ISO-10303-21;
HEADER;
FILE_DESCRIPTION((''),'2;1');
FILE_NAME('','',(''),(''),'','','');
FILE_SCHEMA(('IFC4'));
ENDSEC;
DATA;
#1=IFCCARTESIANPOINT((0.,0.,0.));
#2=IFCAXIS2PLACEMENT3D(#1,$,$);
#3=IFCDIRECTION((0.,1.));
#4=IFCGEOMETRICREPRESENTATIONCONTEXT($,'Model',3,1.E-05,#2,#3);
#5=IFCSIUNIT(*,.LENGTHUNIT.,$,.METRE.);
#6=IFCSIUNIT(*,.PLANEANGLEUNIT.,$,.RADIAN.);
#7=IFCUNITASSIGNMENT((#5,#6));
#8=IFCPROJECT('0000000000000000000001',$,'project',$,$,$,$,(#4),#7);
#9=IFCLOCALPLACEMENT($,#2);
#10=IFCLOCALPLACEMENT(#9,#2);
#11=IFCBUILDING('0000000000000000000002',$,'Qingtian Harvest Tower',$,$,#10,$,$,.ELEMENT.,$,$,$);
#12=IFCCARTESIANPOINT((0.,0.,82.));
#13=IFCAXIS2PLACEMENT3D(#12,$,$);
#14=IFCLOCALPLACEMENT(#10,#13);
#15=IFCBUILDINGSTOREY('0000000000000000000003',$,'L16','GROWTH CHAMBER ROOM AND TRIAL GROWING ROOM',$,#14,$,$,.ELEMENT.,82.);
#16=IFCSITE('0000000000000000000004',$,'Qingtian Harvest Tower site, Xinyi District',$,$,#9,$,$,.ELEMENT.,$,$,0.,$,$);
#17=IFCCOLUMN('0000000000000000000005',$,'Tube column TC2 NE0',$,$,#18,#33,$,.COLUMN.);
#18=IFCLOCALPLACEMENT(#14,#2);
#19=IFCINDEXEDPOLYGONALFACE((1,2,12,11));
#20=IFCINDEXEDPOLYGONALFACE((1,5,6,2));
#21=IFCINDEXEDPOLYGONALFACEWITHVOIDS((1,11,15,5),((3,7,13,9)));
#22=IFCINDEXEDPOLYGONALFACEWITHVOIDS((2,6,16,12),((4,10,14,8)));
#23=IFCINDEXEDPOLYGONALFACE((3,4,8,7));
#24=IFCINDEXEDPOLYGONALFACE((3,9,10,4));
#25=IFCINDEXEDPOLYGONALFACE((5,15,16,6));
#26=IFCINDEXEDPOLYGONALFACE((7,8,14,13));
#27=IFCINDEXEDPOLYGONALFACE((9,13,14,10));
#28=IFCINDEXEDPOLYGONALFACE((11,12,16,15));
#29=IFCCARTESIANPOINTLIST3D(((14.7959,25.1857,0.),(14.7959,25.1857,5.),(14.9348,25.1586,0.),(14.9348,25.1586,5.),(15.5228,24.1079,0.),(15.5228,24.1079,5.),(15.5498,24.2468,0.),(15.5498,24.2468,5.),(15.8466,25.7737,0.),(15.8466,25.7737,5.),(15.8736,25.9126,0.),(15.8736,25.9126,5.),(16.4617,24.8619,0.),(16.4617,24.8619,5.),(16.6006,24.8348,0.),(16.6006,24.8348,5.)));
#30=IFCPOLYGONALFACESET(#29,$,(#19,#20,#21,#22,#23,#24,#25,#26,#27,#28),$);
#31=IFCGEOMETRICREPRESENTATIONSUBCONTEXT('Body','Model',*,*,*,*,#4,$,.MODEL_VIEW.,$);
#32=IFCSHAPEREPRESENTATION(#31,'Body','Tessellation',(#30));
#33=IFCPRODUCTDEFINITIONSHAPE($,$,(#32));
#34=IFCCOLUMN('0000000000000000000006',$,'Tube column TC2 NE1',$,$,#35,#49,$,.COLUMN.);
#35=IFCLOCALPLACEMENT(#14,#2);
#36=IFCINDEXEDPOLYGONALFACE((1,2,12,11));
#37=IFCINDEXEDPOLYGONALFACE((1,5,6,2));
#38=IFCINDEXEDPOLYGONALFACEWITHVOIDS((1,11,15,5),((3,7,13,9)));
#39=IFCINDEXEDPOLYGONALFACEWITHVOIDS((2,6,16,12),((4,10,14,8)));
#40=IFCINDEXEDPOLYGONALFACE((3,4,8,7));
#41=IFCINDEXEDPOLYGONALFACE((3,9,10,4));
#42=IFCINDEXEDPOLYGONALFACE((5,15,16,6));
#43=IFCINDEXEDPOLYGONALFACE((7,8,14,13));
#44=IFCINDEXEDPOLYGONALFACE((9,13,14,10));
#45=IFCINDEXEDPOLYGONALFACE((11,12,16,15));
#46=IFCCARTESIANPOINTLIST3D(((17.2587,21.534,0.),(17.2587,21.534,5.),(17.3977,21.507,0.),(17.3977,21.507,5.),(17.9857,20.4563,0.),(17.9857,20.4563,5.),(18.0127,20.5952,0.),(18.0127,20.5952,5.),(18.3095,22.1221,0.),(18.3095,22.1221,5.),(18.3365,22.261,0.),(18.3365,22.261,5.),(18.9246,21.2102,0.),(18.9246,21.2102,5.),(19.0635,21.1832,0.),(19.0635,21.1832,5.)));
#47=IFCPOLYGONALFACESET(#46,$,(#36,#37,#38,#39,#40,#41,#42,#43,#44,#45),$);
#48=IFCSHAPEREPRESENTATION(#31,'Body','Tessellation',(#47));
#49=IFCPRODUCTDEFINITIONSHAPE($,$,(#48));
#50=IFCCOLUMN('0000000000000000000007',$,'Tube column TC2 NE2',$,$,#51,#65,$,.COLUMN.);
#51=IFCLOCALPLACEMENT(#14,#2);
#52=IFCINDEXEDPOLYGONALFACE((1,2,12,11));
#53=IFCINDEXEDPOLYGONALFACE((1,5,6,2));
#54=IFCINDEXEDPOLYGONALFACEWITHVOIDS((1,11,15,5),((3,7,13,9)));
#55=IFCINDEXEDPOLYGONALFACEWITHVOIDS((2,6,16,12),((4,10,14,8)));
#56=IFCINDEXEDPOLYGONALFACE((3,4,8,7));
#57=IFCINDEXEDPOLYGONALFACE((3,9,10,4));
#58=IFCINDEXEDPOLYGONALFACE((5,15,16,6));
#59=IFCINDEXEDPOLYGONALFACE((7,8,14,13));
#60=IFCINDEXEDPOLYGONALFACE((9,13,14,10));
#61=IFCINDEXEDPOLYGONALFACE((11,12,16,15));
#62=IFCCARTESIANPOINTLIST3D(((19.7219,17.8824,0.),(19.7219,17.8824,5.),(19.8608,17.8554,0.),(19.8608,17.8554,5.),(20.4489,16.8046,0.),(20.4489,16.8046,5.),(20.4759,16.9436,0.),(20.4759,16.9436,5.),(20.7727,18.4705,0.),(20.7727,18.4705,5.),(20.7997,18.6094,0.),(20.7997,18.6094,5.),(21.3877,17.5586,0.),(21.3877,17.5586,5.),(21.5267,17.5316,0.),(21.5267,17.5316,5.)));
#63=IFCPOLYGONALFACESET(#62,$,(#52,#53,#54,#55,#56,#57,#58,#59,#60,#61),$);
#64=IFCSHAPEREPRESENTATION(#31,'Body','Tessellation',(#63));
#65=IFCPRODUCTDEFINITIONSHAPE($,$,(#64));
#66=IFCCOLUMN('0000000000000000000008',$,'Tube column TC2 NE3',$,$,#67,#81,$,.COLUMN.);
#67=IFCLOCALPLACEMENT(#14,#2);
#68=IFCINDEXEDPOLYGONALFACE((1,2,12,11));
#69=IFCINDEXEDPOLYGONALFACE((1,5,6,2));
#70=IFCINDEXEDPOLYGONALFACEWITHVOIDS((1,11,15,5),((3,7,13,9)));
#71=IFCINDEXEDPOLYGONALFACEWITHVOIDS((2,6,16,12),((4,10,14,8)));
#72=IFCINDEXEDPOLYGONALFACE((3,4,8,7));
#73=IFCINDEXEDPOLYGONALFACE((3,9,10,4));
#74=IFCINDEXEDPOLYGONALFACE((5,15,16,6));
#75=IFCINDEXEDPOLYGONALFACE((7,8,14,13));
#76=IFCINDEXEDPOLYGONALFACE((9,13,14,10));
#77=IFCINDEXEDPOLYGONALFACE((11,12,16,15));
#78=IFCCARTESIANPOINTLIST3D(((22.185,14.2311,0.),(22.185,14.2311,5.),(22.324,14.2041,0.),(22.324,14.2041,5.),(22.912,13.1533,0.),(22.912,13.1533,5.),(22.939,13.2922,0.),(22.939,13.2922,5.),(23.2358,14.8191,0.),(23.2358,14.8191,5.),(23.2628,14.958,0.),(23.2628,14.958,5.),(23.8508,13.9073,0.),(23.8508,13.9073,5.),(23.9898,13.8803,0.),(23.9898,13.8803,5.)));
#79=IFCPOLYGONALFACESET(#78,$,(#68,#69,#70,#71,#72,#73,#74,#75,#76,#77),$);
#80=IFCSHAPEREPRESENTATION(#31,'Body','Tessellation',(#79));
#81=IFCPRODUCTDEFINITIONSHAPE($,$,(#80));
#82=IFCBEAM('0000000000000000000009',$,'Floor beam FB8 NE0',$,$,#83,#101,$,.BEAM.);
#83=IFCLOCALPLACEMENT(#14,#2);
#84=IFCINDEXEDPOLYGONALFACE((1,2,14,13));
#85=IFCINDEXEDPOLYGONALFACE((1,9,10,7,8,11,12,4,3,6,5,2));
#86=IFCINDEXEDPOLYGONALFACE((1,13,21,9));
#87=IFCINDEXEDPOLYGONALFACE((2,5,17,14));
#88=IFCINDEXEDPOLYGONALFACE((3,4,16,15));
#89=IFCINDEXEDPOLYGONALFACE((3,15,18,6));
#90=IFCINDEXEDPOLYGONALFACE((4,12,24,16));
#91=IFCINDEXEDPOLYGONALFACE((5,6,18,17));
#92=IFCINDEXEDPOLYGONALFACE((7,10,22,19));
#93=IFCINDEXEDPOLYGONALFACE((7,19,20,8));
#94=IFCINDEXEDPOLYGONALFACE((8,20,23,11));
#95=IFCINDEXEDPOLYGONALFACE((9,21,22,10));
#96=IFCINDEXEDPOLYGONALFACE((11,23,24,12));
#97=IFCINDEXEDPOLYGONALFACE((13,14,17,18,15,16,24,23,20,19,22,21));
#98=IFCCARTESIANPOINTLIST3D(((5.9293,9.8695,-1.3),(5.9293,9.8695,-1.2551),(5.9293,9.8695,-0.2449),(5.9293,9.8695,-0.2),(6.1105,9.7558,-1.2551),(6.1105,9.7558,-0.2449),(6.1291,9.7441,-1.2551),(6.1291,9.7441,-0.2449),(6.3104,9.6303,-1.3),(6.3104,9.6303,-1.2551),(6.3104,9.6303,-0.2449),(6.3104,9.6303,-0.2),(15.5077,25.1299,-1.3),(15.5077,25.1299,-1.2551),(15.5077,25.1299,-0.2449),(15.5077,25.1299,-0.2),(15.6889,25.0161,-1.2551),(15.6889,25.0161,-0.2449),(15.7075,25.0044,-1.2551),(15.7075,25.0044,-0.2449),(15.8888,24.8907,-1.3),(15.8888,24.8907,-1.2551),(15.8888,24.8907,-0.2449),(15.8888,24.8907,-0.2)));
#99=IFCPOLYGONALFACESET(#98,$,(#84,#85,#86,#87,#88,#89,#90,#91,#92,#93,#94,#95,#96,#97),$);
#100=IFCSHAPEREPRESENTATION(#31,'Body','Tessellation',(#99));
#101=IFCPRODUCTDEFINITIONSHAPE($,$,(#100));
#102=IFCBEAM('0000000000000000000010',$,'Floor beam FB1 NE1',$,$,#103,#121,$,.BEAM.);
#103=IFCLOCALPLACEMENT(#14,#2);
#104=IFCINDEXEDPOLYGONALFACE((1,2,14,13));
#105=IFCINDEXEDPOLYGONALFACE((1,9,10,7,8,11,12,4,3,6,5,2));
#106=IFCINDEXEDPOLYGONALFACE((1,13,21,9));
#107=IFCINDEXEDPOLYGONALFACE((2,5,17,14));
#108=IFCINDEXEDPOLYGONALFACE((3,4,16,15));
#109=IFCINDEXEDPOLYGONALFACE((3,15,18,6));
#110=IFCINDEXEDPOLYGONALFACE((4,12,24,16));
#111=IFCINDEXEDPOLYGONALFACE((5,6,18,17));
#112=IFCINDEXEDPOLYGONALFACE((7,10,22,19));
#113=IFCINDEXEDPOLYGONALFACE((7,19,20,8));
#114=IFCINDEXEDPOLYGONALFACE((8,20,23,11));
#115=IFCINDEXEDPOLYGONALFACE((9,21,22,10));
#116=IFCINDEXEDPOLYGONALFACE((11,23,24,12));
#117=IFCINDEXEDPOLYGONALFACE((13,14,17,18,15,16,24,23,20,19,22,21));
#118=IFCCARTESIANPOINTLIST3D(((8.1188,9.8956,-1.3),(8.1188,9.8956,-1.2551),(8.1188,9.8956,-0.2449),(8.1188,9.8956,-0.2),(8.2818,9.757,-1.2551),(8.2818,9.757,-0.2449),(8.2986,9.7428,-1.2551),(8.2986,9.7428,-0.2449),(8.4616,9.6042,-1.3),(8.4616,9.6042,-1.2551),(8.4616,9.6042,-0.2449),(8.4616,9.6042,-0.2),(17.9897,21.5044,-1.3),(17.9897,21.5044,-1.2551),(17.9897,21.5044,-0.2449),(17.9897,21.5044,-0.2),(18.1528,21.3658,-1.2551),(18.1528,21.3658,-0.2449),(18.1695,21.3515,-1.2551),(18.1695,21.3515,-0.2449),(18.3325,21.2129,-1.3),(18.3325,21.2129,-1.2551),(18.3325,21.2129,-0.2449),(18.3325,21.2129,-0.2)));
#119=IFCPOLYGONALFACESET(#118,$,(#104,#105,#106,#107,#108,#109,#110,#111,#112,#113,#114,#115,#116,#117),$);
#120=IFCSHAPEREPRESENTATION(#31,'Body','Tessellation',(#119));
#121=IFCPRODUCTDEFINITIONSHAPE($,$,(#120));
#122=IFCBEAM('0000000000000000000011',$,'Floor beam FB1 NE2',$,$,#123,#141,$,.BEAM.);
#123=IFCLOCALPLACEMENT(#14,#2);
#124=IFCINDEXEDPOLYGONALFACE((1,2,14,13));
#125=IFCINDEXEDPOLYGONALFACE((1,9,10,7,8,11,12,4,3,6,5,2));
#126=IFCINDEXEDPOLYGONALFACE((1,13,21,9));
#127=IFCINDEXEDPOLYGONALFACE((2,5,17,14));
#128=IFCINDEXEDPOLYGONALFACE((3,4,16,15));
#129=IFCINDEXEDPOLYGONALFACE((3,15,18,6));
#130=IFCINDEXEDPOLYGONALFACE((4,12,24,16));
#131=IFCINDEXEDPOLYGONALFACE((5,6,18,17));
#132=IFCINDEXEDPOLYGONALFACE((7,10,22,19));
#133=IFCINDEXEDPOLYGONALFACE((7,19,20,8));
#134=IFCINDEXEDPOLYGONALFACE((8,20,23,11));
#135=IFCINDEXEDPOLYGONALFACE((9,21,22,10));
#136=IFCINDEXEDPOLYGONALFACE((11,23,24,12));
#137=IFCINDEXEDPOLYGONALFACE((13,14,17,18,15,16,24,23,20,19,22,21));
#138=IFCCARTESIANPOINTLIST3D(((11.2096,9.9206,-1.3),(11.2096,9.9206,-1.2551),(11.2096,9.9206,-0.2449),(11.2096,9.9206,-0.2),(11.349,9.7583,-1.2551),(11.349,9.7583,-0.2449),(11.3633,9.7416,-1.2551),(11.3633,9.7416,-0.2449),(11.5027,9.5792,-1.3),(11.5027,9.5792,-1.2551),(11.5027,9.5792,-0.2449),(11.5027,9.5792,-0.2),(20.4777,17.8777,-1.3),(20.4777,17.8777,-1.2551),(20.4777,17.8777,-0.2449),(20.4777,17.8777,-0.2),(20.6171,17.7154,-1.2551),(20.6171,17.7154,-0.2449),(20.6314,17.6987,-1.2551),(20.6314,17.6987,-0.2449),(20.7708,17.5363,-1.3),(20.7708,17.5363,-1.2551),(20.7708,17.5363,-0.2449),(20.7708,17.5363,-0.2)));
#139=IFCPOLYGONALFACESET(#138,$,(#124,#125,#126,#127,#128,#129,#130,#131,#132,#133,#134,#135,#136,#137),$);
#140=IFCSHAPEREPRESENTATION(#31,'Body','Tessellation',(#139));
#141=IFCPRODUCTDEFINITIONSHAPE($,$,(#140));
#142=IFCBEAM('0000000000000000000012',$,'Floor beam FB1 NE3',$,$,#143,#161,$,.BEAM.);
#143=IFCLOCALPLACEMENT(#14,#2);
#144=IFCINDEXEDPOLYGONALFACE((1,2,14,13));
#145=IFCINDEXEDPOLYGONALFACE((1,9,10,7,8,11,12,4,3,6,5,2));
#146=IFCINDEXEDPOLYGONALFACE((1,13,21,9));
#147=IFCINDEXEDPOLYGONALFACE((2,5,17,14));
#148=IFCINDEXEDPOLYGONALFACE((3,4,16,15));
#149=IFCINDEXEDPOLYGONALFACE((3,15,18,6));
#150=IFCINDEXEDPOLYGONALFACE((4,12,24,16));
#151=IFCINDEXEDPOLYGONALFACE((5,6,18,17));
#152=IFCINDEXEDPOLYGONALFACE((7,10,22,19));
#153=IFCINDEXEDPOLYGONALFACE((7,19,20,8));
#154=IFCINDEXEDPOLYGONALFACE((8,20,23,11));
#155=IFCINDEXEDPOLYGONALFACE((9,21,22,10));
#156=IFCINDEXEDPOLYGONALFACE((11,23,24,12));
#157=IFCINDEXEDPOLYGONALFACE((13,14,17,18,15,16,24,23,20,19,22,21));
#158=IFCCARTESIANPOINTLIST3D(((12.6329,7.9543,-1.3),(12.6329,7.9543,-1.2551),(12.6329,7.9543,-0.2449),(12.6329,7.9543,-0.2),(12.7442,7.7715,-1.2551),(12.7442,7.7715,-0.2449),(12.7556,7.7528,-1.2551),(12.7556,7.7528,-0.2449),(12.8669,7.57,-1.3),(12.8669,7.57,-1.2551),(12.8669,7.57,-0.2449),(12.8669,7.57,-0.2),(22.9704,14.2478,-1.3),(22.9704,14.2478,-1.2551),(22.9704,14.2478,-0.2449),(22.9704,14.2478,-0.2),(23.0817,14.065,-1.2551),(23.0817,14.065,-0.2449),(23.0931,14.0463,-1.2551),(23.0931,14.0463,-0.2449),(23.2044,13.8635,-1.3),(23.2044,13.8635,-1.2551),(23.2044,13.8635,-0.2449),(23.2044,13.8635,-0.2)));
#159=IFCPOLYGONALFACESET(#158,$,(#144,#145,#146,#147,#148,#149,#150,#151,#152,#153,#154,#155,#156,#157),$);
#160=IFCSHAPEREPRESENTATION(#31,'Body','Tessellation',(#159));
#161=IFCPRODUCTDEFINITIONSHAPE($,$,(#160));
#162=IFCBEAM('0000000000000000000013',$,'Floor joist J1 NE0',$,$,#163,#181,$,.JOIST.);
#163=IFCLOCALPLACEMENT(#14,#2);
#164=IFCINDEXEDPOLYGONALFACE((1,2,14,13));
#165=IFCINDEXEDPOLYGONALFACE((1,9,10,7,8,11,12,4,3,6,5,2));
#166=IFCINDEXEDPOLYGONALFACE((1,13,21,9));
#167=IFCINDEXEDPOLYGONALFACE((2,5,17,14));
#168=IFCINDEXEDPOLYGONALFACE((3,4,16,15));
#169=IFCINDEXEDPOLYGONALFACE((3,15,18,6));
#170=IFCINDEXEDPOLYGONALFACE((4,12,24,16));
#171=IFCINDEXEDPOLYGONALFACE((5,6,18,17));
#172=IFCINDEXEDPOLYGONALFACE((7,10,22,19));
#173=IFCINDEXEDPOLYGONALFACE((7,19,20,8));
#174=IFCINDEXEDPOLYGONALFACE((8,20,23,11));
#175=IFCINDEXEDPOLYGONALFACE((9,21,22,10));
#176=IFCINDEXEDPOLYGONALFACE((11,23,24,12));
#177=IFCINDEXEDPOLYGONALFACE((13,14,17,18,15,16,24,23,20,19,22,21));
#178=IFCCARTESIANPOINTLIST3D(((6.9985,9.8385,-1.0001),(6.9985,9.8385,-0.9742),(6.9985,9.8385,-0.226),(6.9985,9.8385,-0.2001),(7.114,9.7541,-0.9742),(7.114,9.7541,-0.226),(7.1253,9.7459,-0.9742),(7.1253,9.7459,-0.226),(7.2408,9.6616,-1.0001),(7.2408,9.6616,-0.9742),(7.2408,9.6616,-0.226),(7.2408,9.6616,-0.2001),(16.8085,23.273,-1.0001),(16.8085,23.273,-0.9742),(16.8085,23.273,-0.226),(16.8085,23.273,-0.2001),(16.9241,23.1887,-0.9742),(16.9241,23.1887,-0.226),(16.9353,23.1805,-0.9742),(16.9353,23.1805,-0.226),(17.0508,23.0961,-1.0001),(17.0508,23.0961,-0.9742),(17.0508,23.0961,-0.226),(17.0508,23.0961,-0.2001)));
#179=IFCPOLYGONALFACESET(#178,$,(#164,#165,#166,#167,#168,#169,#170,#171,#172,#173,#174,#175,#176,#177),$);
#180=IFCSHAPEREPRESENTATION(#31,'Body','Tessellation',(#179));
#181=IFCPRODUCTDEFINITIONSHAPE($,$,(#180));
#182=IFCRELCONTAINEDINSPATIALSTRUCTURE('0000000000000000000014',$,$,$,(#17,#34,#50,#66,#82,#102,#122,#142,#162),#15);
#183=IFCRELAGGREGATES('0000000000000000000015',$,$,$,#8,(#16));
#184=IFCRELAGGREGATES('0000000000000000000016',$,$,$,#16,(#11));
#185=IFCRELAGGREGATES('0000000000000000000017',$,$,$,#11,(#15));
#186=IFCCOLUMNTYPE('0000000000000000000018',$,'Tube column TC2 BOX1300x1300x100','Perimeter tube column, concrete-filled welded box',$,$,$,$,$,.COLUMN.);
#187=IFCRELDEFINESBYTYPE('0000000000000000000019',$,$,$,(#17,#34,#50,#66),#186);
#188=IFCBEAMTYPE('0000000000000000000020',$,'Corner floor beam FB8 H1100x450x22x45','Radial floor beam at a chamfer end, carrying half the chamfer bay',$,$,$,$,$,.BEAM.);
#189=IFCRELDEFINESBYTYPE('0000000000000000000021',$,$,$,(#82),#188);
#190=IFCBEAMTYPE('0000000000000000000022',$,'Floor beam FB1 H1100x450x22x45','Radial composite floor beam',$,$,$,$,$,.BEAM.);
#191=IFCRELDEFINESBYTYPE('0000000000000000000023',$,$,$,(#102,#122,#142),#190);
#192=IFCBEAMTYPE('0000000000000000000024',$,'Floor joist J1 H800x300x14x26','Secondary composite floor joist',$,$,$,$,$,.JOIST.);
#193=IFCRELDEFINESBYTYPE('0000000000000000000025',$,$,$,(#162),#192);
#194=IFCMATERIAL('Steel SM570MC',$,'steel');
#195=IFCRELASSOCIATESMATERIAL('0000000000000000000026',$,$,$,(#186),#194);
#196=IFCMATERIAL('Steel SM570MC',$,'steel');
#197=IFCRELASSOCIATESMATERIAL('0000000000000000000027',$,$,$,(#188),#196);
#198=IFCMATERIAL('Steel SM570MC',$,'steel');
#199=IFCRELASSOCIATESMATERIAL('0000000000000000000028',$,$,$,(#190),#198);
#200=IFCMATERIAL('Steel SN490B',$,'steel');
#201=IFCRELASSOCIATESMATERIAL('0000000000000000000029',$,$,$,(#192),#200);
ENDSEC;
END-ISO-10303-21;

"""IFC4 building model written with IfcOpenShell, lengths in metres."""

from ifc_helpers import new_model, si_unit, direction, frame, origin, origin_2d, place, context, subcontext, project, spatial, hollow_rectangle, i_section, extrude, material, material_profile, profile_set, type_object, element, save


model = new_model("IFC4")

# Units and contexts
model_context = context("Model", 3, precision=1e-05, world=origin(), true_north=direction((0.0, 1.0)))
body_context = subcontext(model_context, "Body", "Model", "MODEL_VIEW")
ifc_project = project(units=[si_unit("LENGTHUNIT", "METRE"), si_unit("PLANEANGLEUNIT", "RADIAN")], contexts=[model_context])

# Site, building, storey
site_placement = place(None, origin())
site = spatial("IfcSite", under=ifc_project, at=site_placement, Name="Qingtian Harvest Tower site, Xinyi District", CompositionType="ELEMENT", RefElevation=0.0)
building_placement = place(site_placement, origin())
building = spatial("IfcBuilding", under=site, at=building_placement, Name="Qingtian Harvest Tower", CompositionType="ELEMENT")
storey_placement = place(building_placement, frame((0.0, 0.0, 82.0)))
storey = spatial("IfcBuildingStorey", under=building, at=storey_placement, Name="L16", Description="GROWTH CHAMBER ROOM AND TRIAL GROWING ROOM", CompositionType="ELEMENT", Elevation=82.0)

# Columns
ifc_material_1 = material(Name="Steel SM570MC", Category="steel")
ifc_material_profile_1 = material_profile(ifc_material_1, hollow_rectangle(XDim=1.3, YDim=1.3, WallThickness=0.1001, at=origin_2d()), Name="BOX1300x1300x100")
ifc_profile_set_1 = profile_set([ifc_material_profile_1], Name="Steel SM570MC")
column_type = type_object("IfcColumnType", Name="Tube column TC2 BOX1300x1300x100", Description="Perimeter tube column, concrete-filled welded box", PredefinedType="COLUMN", material=ifc_profile_set_1)
for number, where, z_axis, x_axis, name in (
    (1, (15.6982, 25.0103, 0.0), (0.0, 0.0, 1.0), (-0.559193, 0.829038, 0.0), "Tube column TC2 NE0"),
    (2, (18.1611, 21.3586, 0.0), (0.0, 0.0, 1.0), (-0.559193, 0.829038, 0.0), "Tube column TC2 NE1"),
    (3, (20.6243, 17.707, 0.0), (0.0, 0.0, 1.0), (-0.559193, 0.829038, 0.0), "Tube column TC2 NE2"),
    (4, (23.0874, 14.0557, 0.0), (0.0, 0.0, 1.0), (-0.559193, 0.829038, 0.0), "Tube column TC2 NE3"),
):
    element("IfcColumn", number, at=place(storey_placement, frame(where, z_axis=z_axis, x_axis=x_axis)), inside=storey, type_object=column_type, Name=name, PredefinedType="COLUMN", context=body_context, shape_type="SweptSolid", body=[
        extrude(hollow_rectangle(XDim=1.3, YDim=1.3, WallThickness=0.1001, at=origin_2d()), origin(), (0.0, 0.0, 1.0), 5.0),
    ])

# Beams
ifc_material_2 = material(Name="Steel SM570MC", Category="steel")
ifc_material_profile_2 = material_profile(ifc_material_2, i_section(OverallWidth=0.45, OverallDepth=1.1001, WebThickness=0.022, FlangeThickness=0.0449, at=origin_2d()), Name="H1100x450x22x45")
ifc_profile_set_2 = profile_set([ifc_material_profile_2], Name="Steel SM570MC")
beam_type_1 = type_object("IfcBeamType", Name="Corner floor beam FB8 H1100x450x22x45", Description="Radial floor beam at a chamfer end, carrying half the chamfer bay", PredefinedType="BEAM", material=ifc_profile_set_2)
beam_1_placement = place(storey_placement, frame((15.6982, 25.0103, -0.75), z_axis=(-0.531623, -0.846981, 0.0), x_axis=(0.846981, -0.531623, 0.0)))
element("IfcBeam", 5, at=beam_1_placement, inside=storey, type_object=beam_type_1, Name="Floor beam FB8 NE0", PredefinedType="BEAM", context=body_context, shape_type="SweptSolid", body=[
    extrude(i_section(OverallWidth=0.45, OverallDepth=1.1001, WebThickness=0.022, FlangeThickness=0.0449, at=origin_2d()), origin(), (0.0, 0.0, 1.0), 18.0173),
])
ifc_material_3 = material(Name="Steel SM570MC", Category="steel")
ifc_material_profile_3 = material_profile(ifc_material_3, i_section(OverallWidth=0.45, OverallDepth=1.1001, WebThickness=0.022, FlangeThickness=0.0449, at=origin_2d()), Name="H1100x450x22x45")
ifc_profile_set_3 = profile_set([ifc_material_profile_3], Name="Steel SM570MC")
beam_type_2 = type_object("IfcBeamType", Name="Floor beam FB1 H1100x450x22x45", Description="Radial composite floor beam", PredefinedType="BEAM", material=ifc_profile_set_3)
beam_2_placement = place(storey_placement, frame((18.1611, 21.3586, -0.75), z_axis=(-0.647782, -0.761826, 0.0), x_axis=(0.761826, -0.647782, 0.0)))
element("IfcBeam", 6, at=beam_2_placement, inside=storey, type_object=beam_type_2, Name="Floor beam FB1 NE1", PredefinedType="BEAM", context=body_context, shape_type="SweptSolid", body=[
    extrude(i_section(OverallWidth=0.45, OverallDepth=1.1001, WebThickness=0.022, FlangeThickness=0.0449, at=origin_2d()), origin(), (0.0, 0.0, 1.0), 15.238),
])
beam_3_placement = place(storey_placement, frame((20.6243, 17.707, -0.75), z_axis=(-0.758732, -0.651403, 0.0), x_axis=(0.651403, -0.758732, 0.0)))
element("IfcBeam", 7, at=beam_3_placement, inside=storey, type_object=beam_type_2, Name="Floor beam FB1 NE2", PredefinedType="BEAM", context=body_context, shape_type="SweptSolid", body=[
    extrude(i_section(OverallWidth=0.45, OverallDepth=1.1001, WebThickness=0.022, FlangeThickness=0.0449, at=origin_2d()), origin(), (0.0, 0.0, 1.0), 12.2153),
])
beam_4_placement = place(storey_placement, frame((23.0874, 14.0557, -0.75), z_axis=(-0.854157, -0.520015, 0.0), x_axis=(0.520015, -0.854157, 0.0)))
element("IfcBeam", 8, at=beam_4_placement, inside=storey, type_object=beam_type_2, Name="Floor beam FB1 NE3", PredefinedType="BEAM", context=body_context, shape_type="SweptSolid", body=[
    extrude(i_section(OverallWidth=0.45, OverallDepth=1.1001, WebThickness=0.022, FlangeThickness=0.0449, at=origin_2d()), origin(), (0.0, 0.0, 1.0), 12.1025),
])
ifc_material_4 = material(Name="Steel SN490B", Category="steel")
ifc_material_profile_4 = material_profile(ifc_material_4, i_section(OverallWidth=0.3, OverallDepth=0.8, WebThickness=0.0139, FlangeThickness=0.0259, at=origin_2d()), Name="H800x300x14x26")
ifc_profile_set_4 = profile_set([ifc_material_profile_4], Name="Steel SN490B")
beam_type_3 = type_object("IfcBeamType", Name="Floor joist J1 H800x300x14x26", Description="Secondary composite floor joist", PredefinedType="JOIST", material=ifc_profile_set_4)
beam_5_placement = place(storey_placement, frame((16.9297, 23.1846, -0.6001), z_axis=(-0.589722, -0.807606, 0.0), x_axis=(0.807606, -0.589722, 0.0)))
element("IfcBeam", 9, at=beam_5_placement, inside=storey, type_object=beam_type_3, Name="Floor joist J1 NE0", PredefinedType="JOIST", context=body_context, shape_type="SweptSolid", body=[
    extrude(i_section(OverallWidth=0.3, OverallDepth=0.8, WebThickness=0.0139, FlangeThickness=0.0259, at=origin_2d()), origin(), (0.0, 0.0, 1.0), 16.635),
])

save(model, "model.ifc")
